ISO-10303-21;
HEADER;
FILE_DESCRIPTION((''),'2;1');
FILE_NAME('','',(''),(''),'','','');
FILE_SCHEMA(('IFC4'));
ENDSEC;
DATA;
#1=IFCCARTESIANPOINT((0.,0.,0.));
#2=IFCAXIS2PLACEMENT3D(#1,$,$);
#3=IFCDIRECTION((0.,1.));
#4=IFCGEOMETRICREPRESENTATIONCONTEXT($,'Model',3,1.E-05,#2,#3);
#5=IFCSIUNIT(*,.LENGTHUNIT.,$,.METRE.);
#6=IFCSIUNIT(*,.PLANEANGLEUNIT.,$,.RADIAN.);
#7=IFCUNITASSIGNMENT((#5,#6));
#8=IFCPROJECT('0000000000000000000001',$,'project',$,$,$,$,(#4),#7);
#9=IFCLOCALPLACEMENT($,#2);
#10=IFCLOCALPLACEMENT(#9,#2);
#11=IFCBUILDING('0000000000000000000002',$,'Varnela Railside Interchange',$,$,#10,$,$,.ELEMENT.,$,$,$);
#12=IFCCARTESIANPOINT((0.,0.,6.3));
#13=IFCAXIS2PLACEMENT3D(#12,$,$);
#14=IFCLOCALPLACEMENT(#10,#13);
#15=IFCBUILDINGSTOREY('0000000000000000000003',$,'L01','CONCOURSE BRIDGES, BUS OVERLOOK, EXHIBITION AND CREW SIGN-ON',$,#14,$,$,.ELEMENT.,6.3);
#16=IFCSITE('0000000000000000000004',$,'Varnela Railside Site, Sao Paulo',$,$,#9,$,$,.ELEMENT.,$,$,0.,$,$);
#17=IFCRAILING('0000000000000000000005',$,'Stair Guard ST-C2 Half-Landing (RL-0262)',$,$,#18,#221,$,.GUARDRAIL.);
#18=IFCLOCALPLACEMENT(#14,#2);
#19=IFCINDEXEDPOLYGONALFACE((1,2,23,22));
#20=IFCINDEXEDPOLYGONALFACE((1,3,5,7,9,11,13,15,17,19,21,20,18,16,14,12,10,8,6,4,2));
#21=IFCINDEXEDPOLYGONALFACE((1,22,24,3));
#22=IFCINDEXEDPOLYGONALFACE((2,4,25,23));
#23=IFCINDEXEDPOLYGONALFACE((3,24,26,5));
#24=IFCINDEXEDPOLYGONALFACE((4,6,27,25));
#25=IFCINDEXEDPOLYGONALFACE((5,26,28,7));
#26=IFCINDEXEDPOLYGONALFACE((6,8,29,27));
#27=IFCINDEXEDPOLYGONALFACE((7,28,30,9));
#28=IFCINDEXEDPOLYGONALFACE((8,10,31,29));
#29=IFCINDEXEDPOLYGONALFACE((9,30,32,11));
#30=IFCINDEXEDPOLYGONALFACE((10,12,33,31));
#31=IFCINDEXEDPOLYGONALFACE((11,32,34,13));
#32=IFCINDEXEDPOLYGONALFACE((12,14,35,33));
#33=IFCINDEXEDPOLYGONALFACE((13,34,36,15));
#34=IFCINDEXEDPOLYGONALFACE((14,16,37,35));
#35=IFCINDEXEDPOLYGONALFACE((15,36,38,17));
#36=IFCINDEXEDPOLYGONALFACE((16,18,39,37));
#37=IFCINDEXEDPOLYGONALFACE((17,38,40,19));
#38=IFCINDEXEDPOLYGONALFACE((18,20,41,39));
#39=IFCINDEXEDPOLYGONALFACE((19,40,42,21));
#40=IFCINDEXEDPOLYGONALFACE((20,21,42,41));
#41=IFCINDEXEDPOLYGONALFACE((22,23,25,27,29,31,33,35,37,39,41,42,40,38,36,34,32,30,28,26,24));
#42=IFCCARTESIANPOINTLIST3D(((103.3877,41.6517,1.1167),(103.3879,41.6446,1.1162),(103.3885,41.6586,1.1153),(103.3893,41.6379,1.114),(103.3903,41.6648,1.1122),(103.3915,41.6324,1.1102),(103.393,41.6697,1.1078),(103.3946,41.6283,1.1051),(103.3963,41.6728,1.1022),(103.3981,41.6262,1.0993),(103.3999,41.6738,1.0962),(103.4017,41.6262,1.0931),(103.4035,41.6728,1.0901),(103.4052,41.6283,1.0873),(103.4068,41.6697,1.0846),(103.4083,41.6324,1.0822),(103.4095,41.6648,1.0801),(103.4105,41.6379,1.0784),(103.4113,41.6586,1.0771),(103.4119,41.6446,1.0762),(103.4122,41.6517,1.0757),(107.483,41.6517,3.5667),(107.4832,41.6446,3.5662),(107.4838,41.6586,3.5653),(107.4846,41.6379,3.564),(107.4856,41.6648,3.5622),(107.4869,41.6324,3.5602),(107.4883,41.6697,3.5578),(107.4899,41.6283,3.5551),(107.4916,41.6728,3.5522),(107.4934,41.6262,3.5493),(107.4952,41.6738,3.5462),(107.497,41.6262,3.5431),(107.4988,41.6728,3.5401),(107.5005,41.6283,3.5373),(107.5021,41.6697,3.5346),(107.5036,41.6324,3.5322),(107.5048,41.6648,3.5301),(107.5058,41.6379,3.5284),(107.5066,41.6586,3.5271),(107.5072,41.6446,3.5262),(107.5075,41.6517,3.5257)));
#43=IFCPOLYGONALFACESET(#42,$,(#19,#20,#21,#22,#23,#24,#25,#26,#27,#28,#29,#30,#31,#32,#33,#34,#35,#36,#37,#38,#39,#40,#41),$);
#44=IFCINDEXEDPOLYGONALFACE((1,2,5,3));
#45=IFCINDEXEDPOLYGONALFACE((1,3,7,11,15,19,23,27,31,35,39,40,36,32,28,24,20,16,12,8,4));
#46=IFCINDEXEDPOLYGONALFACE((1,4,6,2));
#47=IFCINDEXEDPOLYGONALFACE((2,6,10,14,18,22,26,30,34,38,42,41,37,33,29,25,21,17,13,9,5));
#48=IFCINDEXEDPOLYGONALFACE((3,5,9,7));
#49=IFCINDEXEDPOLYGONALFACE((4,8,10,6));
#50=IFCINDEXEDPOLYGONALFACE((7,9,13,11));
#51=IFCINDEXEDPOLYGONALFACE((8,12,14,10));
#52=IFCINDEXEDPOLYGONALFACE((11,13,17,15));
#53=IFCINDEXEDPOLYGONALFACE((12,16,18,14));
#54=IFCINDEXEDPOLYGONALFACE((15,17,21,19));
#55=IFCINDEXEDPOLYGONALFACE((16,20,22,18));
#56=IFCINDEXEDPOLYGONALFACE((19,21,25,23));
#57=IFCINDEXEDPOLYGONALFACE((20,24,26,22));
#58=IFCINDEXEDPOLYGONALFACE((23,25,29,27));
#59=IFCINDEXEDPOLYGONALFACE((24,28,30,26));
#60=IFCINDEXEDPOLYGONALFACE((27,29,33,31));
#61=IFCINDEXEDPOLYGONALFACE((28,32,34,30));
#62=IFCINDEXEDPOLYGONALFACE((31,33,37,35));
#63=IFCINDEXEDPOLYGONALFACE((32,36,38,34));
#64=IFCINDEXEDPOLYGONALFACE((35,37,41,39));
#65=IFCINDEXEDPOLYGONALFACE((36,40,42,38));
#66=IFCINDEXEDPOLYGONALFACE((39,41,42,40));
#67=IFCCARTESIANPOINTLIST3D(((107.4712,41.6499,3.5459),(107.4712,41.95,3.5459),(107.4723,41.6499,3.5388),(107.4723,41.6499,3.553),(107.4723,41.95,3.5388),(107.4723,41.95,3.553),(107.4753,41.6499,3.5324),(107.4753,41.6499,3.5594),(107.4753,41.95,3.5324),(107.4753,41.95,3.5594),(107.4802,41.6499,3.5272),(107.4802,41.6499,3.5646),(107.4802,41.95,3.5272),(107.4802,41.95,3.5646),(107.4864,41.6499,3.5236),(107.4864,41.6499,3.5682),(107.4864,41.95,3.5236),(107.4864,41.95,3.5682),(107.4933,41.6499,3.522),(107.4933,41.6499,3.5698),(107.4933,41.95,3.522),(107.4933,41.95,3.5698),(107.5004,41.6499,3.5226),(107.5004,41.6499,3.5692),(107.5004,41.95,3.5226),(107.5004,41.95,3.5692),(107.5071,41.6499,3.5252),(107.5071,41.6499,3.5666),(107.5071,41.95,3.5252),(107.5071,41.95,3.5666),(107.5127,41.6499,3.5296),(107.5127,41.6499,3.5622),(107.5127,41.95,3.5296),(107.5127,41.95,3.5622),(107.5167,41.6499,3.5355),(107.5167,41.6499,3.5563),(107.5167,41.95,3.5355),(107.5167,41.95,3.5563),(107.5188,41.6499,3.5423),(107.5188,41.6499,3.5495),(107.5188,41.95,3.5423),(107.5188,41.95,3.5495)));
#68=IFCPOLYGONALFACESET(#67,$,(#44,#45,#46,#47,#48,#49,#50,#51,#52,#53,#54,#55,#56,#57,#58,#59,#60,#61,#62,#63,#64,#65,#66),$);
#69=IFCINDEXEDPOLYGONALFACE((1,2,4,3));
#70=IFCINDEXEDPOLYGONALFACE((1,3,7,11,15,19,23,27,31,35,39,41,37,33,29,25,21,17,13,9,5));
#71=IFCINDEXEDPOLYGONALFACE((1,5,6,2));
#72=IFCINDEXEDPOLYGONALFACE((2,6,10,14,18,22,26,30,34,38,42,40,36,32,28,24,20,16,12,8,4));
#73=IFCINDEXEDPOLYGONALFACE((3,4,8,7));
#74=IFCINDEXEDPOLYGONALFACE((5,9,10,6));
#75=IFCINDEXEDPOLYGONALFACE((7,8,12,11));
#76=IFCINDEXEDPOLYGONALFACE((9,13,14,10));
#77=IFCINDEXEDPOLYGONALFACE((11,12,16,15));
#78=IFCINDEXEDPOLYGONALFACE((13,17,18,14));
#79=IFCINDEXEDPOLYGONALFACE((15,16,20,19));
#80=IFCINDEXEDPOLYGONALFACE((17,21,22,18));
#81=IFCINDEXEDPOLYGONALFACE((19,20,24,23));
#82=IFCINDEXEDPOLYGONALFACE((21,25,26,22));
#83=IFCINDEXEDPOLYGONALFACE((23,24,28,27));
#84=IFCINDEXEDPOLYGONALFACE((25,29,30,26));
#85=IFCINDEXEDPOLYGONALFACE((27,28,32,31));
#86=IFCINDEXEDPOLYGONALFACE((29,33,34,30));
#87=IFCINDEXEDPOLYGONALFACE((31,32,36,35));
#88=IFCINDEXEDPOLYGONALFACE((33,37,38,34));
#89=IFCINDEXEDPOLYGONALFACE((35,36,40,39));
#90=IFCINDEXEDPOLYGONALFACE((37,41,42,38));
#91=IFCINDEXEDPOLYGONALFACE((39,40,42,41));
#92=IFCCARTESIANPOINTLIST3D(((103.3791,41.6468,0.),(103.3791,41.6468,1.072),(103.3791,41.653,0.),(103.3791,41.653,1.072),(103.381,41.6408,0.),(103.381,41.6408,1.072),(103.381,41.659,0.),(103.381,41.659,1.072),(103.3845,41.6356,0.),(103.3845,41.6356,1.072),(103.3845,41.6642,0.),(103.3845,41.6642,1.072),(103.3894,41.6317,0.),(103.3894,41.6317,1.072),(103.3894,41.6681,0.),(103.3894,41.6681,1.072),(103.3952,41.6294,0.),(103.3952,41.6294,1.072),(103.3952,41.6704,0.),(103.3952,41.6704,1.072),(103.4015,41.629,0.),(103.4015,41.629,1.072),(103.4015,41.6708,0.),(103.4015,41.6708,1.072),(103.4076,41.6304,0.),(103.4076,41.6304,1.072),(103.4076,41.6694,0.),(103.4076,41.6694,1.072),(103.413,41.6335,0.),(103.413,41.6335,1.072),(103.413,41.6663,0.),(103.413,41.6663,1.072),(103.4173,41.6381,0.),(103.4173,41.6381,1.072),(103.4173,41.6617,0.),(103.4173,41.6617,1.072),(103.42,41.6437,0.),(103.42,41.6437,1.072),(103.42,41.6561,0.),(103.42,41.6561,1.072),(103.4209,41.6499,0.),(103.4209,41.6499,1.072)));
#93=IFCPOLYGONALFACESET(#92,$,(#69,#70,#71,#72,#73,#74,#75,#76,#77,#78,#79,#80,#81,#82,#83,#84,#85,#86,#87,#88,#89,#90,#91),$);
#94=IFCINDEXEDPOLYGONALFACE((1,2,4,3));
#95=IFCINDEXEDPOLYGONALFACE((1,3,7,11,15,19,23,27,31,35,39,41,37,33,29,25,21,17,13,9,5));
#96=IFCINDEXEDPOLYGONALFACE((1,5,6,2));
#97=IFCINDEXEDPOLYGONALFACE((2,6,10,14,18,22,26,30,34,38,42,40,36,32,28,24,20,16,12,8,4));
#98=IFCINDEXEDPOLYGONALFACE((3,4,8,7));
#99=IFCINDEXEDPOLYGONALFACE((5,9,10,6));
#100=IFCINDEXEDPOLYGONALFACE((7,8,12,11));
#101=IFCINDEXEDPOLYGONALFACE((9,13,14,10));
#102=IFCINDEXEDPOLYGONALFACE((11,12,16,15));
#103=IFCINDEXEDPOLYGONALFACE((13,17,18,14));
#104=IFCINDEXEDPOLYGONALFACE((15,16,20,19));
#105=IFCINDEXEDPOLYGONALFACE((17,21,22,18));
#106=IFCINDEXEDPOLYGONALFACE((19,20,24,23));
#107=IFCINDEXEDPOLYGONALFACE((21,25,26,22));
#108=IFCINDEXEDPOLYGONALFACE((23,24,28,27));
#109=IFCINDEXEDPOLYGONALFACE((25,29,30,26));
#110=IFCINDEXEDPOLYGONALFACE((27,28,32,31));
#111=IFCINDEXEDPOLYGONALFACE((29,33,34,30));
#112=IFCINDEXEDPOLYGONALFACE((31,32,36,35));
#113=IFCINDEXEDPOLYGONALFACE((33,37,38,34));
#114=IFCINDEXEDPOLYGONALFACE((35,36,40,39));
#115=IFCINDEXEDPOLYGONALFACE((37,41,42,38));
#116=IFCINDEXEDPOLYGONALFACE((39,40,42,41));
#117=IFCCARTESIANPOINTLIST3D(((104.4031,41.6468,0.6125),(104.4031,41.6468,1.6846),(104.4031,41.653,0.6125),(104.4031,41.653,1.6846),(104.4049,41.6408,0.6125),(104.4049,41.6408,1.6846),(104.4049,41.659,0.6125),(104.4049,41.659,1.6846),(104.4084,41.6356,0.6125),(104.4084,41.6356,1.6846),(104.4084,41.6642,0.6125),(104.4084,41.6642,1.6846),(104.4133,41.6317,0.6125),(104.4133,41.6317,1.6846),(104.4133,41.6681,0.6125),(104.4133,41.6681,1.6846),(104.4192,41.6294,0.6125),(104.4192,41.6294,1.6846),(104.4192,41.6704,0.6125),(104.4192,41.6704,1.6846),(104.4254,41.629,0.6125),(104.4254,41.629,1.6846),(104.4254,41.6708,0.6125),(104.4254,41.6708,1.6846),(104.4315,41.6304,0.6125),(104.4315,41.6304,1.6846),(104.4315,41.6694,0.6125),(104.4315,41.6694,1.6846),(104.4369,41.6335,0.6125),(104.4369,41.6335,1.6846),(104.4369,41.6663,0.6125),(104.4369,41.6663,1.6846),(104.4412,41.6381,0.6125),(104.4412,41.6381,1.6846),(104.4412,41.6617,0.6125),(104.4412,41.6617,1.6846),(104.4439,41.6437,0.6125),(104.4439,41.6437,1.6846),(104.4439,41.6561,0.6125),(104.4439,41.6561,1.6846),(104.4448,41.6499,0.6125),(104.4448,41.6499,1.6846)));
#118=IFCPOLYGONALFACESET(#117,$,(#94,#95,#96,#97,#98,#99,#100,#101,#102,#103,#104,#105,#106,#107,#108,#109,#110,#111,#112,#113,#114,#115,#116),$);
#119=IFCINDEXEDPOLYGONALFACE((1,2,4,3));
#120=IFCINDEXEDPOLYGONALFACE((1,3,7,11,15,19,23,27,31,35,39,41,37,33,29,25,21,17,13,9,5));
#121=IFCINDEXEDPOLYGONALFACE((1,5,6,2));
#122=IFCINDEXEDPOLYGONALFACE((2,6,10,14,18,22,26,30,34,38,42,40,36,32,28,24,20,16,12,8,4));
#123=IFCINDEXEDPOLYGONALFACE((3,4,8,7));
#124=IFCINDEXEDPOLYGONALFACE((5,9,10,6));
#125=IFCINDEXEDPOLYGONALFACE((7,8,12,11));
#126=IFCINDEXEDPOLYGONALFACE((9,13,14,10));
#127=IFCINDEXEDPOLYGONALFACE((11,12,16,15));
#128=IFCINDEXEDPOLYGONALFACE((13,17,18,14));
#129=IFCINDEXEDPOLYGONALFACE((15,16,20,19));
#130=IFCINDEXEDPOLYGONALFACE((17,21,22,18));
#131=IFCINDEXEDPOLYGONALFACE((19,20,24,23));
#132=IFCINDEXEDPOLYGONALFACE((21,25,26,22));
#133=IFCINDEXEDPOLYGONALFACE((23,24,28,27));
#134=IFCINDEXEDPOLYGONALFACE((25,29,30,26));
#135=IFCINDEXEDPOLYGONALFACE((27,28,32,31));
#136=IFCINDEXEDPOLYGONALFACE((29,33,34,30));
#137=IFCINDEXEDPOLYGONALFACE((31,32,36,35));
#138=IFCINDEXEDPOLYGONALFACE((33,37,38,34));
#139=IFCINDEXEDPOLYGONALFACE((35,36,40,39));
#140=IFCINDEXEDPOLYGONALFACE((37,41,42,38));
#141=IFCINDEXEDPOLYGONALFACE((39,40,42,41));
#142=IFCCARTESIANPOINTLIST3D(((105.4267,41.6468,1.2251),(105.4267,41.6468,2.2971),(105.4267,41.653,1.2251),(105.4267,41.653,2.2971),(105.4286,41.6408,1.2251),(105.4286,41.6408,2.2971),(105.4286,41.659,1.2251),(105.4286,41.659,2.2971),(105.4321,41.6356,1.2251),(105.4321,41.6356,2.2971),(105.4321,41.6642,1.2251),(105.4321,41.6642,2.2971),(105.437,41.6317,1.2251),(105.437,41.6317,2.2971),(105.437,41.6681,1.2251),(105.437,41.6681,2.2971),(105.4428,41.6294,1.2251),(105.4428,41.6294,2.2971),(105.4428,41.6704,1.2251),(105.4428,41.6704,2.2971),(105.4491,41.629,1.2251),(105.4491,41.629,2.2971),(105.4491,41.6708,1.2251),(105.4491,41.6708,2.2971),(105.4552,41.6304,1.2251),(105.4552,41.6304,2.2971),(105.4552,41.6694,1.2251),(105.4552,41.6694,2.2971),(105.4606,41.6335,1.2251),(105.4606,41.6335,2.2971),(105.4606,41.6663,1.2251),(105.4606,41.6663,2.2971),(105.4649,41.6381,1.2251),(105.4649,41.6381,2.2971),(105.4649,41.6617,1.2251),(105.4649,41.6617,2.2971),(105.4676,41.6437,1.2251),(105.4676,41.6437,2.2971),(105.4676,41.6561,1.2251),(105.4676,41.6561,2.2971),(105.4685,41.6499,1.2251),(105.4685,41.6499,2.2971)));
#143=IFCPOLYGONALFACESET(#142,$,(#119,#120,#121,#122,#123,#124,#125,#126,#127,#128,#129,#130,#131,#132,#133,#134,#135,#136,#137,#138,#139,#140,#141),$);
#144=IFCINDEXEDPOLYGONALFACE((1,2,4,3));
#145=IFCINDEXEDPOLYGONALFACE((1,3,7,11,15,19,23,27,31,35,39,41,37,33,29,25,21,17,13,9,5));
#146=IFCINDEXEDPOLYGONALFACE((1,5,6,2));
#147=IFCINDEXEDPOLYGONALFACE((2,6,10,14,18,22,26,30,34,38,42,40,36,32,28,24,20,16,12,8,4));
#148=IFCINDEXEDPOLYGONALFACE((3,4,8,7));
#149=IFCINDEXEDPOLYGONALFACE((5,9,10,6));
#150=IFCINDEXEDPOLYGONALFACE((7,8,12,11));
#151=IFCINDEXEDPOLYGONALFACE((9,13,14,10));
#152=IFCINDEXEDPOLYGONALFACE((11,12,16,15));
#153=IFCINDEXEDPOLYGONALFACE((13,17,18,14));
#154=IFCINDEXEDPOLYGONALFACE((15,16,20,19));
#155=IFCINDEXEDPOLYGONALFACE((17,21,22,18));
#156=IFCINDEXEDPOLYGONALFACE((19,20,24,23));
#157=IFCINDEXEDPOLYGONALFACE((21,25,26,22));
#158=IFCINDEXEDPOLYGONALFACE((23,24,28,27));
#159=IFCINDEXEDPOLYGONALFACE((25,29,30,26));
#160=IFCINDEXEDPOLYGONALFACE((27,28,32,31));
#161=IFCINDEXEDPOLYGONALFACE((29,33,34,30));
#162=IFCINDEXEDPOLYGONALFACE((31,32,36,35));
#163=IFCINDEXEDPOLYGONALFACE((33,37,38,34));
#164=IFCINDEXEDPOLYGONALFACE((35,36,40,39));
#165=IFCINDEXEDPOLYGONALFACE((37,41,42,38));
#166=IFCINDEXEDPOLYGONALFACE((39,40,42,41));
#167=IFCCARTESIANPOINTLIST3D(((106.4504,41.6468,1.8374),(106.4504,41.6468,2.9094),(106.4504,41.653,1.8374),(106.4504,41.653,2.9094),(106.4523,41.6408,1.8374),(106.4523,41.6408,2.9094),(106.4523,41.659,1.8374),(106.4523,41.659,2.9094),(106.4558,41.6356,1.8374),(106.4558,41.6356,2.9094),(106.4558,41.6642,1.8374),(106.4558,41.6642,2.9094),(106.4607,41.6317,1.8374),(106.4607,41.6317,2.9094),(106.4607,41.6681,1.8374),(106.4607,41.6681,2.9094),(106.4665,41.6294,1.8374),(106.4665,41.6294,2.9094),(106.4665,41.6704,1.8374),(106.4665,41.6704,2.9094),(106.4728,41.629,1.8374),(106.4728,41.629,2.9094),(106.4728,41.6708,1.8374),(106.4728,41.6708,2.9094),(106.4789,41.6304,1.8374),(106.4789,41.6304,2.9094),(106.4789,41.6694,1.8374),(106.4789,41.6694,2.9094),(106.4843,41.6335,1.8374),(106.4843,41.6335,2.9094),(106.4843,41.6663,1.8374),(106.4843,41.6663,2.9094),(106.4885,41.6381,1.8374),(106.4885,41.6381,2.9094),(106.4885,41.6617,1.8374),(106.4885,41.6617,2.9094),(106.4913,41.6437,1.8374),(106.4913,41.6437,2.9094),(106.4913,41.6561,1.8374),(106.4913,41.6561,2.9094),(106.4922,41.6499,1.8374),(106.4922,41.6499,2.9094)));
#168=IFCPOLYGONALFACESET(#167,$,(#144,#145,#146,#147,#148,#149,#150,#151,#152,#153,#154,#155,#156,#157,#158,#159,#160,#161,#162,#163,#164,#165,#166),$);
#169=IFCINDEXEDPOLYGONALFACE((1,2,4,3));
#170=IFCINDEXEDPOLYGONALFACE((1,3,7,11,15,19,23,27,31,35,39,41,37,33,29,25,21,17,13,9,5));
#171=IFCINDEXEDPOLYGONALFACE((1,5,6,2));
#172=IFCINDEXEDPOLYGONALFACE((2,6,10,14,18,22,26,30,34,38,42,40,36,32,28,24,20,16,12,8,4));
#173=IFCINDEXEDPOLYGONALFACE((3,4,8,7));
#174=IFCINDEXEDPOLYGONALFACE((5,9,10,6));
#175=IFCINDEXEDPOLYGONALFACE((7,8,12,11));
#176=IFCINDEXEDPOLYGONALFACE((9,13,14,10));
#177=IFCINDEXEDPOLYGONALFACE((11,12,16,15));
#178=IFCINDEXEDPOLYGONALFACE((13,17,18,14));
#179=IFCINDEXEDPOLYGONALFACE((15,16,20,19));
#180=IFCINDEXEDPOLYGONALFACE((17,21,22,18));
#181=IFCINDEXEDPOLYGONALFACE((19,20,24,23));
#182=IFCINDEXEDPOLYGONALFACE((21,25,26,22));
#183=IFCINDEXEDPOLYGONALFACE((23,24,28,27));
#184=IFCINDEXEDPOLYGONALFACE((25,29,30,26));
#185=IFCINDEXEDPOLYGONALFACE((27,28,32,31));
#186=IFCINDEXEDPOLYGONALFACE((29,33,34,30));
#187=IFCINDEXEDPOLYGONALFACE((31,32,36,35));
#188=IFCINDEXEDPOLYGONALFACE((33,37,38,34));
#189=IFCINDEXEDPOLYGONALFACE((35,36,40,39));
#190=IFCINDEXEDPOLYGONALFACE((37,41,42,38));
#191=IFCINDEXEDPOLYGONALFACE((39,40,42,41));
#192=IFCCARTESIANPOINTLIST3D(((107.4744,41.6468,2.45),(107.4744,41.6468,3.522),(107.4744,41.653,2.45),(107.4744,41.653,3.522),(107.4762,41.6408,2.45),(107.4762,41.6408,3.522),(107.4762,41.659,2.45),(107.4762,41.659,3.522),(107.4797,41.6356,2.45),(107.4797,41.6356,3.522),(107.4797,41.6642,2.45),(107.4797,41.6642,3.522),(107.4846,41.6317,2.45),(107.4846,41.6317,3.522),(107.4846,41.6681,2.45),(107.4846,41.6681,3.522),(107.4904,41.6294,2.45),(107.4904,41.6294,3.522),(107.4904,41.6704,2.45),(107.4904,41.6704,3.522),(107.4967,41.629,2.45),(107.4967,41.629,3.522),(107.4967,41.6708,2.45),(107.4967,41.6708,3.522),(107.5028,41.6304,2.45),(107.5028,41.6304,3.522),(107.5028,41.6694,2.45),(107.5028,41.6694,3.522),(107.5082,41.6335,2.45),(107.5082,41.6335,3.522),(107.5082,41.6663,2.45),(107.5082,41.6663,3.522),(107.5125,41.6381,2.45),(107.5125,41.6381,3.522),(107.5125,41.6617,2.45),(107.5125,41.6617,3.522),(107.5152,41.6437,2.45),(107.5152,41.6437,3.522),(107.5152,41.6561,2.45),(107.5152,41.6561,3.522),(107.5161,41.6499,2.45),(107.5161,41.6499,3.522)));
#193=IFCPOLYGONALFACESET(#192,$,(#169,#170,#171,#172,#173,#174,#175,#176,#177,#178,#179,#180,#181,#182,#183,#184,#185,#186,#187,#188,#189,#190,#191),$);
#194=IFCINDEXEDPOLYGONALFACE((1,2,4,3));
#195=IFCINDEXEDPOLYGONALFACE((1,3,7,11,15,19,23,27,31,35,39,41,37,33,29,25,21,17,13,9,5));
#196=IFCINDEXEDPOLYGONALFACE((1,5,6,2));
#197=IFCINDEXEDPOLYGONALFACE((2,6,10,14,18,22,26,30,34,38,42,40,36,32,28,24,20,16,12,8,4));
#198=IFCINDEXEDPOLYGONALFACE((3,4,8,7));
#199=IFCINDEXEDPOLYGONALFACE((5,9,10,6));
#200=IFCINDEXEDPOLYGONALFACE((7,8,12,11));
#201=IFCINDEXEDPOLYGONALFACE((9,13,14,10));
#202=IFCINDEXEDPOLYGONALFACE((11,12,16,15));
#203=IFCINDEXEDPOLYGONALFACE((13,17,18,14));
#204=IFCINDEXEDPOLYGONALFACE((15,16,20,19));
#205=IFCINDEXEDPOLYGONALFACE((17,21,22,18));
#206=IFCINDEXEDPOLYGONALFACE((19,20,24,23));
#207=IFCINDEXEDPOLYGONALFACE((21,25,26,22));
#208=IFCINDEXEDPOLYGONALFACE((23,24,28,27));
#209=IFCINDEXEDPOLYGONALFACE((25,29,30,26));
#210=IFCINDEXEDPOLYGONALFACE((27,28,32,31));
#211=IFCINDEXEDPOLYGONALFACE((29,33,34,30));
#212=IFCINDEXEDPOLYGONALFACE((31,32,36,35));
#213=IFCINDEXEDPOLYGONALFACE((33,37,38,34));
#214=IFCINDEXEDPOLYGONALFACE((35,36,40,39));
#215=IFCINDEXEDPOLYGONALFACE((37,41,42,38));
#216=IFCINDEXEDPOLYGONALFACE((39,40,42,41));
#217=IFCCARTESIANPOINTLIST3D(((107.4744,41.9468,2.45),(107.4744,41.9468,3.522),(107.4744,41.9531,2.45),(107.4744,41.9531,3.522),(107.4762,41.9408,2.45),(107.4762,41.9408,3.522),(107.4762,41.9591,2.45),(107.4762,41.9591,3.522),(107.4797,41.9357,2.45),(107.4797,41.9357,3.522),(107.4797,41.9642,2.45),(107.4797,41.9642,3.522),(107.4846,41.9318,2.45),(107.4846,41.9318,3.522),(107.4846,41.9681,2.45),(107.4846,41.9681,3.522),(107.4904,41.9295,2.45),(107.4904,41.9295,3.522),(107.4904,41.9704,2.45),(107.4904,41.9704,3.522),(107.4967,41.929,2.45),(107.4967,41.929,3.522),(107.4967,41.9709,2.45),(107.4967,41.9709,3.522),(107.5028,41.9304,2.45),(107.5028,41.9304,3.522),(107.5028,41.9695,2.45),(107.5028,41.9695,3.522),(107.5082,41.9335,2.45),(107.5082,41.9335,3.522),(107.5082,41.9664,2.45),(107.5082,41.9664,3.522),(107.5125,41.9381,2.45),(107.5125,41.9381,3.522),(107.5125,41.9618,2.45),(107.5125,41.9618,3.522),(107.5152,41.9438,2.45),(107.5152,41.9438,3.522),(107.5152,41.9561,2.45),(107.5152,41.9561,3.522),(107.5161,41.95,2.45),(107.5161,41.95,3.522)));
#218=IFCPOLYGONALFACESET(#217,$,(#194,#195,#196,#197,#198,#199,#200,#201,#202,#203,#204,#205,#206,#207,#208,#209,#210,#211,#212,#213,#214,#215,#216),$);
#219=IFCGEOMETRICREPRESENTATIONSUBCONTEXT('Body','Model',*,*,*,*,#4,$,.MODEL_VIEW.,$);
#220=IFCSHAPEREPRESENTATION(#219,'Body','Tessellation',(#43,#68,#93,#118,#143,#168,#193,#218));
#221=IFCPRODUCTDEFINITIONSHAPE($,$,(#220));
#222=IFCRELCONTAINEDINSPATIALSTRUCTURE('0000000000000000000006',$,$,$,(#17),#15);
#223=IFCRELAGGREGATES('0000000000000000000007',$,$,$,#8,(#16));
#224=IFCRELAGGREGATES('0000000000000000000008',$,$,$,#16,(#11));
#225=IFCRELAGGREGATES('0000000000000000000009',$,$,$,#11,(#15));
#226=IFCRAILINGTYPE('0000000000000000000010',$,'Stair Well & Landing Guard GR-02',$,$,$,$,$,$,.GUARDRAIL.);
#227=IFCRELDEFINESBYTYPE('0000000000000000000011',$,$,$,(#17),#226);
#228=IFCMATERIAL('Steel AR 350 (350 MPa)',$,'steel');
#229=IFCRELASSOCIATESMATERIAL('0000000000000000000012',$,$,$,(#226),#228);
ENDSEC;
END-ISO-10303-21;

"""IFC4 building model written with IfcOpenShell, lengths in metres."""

from ifc_helpers import new_model, si_unit, direction, frame, origin, origin_2d, place, context, subcontext, project, spatial, circle, extrude, material, type_object, element, save


model = new_model("IFC4")

# Units and contexts
model_context = context("Model", 3, precision=1e-05, world=origin(), true_north=direction((0.0, 1.0)))
body_context = subcontext(model_context, "Body", "Model", "MODEL_VIEW")
ifc_project = project(units=[si_unit("LENGTHUNIT", "METRE"), si_unit("PLANEANGLEUNIT", "RADIAN")], contexts=[model_context])

# Site, building, storey
site_placement = place(None, origin())
site = spatial("IfcSite", under=ifc_project, at=site_placement, Name="Varnela Railside Site, Sao Paulo", CompositionType="ELEMENT", RefElevation=0.0)
building_placement = place(site_placement, origin())
building = spatial("IfcBuilding", under=site, at=building_placement, Name="Varnela Railside Interchange", CompositionType="ELEMENT")
storey_placement = place(building_placement, frame((0.0, 0.0, 6.3)))
storey = spatial("IfcBuildingStorey", under=building, at=storey_placement, Name="L01", Description="CONCOURSE BRIDGES, BUS OVERLOOK, EXHIBITION AND CREW SIGN-ON", CompositionType="ELEMENT", Elevation=6.3)

# Shared definitions
ifc_material_1 = material(Name="Steel AR 350 (350 MPa)", Category="steel")

# Railing
railing_type_1 = type_object("IfcRailingType", Name="Stair Well & Landing Guard GR-02", PredefinedType="GUARDRAIL", material=ifc_material_1)
railing_1_placement = place(storey_placement, frame((103.3999, 41.6499, 0.0)))
element("IfcRailing", 1, at=railing_1_placement, inside=storey, type_object=railing_type_1, Name="Stair Guard ST-C2 Half-Landing (RL-0262)", PredefinedType="GUARDRAIL", context=body_context, shape_type="SweptSolid", body=[
    extrude(circle(Radius=0.0239, at=origin_2d()), frame((0.0, 0.0, 1.0962), z_axis=(0.858156, 0.0, 0.513389), x_axis=(0.0, 1.0, 0.0)), (0.0, 0.0, 1.0), 4.7722),
    extrude(circle(Radius=0.0239, at=origin_2d()), frame((4.0952, 0.0, 3.5459), z_axis=(0.0, 1.0, 0.0), x_axis=(-1.0, 0.0, 0.0)), (0.0, 0.0, 1.0), 0.3),
    extrude(circle(Radius=0.021, at=origin_2d()), origin(), (0.0, 0.0, 1.0), 1.072),
    extrude(circle(Radius=0.021, at=origin_2d()), frame((1.0239, 0.0, 0.6125)), (0.0, 0.0, 1.0), 1.072),
    extrude(circle(Radius=0.021, at=origin_2d()), frame((2.0476, 0.0, 1.2251)), (0.0, 0.0, 1.0), 1.072),
    extrude(circle(Radius=0.021, at=origin_2d()), frame((3.0713, 0.0, 1.8374)), (0.0, 0.0, 1.0), 1.072),
    extrude(circle(Radius=0.021, at=origin_2d()), frame((4.0952, 0.0, 2.45)), (0.0, 0.0, 1.0), 1.072),
    extrude(circle(Radius=0.021, at=origin_2d()), frame((4.0952, 0.3, 2.45)), (0.0, 0.0, 1.0), 1.072),
])

save(model, "model.ifc")
